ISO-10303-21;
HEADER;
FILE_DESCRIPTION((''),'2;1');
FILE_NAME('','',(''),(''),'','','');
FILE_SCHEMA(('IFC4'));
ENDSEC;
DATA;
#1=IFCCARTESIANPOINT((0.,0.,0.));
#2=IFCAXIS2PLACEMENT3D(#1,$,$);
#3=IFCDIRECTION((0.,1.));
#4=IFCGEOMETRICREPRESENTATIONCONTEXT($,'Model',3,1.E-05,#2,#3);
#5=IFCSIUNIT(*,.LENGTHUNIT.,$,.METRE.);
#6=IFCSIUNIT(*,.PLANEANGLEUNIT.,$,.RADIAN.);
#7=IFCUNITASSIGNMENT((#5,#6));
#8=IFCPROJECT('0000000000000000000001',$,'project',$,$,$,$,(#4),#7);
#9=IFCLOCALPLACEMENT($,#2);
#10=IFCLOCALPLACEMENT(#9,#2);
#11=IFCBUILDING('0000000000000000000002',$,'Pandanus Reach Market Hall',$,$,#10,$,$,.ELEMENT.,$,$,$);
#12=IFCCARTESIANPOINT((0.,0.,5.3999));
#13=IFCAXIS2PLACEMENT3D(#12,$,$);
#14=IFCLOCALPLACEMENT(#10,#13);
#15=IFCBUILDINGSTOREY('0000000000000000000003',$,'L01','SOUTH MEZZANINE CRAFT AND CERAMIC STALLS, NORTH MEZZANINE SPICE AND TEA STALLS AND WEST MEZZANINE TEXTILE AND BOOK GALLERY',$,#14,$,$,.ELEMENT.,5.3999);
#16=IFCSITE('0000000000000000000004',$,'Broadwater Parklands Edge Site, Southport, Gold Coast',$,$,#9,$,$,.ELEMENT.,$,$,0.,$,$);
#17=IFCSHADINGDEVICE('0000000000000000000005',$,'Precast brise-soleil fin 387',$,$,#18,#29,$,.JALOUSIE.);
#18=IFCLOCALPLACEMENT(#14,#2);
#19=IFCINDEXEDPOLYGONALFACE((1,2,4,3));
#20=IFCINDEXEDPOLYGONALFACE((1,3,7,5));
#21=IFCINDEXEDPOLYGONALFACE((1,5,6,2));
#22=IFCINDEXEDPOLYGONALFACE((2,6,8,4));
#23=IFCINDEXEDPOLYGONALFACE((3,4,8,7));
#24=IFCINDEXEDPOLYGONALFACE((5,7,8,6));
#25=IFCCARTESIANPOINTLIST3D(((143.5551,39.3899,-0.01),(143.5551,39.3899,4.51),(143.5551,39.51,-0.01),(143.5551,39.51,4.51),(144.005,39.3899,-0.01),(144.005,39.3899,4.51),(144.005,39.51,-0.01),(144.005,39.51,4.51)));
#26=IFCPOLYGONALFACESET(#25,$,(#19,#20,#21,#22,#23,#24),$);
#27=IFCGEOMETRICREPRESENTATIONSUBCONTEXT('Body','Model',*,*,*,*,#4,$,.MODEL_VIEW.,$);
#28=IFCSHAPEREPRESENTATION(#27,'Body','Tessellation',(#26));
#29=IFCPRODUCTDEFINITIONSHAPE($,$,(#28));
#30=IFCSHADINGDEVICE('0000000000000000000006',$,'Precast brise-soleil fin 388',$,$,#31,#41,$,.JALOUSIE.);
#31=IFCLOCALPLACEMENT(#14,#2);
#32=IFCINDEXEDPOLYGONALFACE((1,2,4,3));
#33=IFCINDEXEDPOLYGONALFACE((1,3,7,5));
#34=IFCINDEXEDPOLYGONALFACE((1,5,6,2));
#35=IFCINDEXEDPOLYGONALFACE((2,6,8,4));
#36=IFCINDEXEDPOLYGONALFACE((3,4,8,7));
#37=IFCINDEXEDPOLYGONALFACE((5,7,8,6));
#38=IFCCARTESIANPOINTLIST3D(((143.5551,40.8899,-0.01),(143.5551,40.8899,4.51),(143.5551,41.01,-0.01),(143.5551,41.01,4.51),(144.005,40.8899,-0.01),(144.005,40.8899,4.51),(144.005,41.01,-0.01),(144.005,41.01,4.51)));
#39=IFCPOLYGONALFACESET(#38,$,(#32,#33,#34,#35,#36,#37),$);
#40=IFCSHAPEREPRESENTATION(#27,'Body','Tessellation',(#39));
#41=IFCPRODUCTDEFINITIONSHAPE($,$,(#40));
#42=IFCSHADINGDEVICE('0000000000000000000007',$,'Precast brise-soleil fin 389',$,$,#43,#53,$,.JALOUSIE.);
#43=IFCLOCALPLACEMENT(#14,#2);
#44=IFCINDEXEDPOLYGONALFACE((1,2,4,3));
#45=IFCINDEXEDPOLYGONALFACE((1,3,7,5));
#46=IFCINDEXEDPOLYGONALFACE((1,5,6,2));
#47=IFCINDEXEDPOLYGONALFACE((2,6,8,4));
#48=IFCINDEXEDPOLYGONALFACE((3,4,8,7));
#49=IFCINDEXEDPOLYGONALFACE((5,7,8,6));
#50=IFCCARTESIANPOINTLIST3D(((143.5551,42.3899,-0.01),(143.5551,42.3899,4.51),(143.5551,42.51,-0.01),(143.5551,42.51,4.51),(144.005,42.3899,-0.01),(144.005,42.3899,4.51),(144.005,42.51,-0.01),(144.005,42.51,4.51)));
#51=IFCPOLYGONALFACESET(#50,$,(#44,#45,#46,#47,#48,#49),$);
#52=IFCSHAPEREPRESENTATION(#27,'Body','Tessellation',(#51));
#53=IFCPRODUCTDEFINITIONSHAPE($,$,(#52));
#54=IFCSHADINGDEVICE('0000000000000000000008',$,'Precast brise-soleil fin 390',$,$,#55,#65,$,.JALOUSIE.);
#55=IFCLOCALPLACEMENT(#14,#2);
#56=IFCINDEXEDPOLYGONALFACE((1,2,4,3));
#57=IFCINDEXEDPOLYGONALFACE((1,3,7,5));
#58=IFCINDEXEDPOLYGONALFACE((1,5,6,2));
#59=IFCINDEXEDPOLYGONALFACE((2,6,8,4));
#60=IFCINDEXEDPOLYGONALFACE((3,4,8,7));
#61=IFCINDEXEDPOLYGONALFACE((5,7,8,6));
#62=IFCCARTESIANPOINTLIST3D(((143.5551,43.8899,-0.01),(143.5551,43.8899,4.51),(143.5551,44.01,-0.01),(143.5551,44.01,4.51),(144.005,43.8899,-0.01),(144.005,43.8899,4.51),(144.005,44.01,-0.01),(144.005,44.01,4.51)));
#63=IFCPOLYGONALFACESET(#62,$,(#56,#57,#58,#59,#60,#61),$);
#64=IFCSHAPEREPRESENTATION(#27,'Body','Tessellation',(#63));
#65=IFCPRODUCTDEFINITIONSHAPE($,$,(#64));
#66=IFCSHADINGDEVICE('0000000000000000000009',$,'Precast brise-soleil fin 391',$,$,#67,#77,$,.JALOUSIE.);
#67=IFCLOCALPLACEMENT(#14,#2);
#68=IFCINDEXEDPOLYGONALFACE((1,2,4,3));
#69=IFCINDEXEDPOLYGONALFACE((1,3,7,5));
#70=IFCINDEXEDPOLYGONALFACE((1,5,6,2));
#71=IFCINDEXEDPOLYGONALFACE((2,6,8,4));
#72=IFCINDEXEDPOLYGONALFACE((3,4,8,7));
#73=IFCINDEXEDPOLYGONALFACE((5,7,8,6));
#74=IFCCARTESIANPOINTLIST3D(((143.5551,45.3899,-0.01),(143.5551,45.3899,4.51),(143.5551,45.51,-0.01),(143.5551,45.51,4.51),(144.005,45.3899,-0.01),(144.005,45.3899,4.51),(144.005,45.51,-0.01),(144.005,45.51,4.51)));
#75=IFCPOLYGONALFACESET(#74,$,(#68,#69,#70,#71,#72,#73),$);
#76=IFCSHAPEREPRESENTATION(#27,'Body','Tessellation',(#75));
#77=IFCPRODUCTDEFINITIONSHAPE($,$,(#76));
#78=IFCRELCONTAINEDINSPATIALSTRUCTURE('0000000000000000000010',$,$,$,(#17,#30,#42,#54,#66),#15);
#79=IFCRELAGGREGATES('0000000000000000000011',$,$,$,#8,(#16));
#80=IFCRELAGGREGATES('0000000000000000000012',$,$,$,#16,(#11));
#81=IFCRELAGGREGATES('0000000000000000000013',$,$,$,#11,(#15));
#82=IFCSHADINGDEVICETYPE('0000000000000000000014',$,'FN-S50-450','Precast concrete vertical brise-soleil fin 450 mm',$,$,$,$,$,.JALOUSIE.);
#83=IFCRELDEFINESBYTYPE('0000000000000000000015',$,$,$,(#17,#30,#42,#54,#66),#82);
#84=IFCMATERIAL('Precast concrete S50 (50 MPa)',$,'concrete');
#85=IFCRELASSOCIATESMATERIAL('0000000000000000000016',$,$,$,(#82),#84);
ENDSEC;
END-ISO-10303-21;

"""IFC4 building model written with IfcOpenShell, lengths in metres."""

from ifc_helpers import new_model, si_unit, direction, frame, origin, origin_2d, place, context, subcontext, project, spatial, rectangle, extrude, material, type_object, element, save


model = new_model("IFC4")

# Units and contexts
model_context = context("Model", 3, precision=1e-05, world=origin(), true_north=direction((0.0, 1.0)))
body_context = subcontext(model_context, "Body", "Model", "MODEL_VIEW")
ifc_project = project(units=[si_unit("LENGTHUNIT", "METRE"), si_unit("PLANEANGLEUNIT", "RADIAN")], contexts=[model_context])

# Site, building, storey
site_placement = place(None, origin())
site = spatial("IfcSite", under=ifc_project, at=site_placement, Name="Broadwater Parklands Edge Site, Southport, Gold Coast", CompositionType="ELEMENT", RefElevation=0.0)
building_placement = place(site_placement, origin())
building = spatial("IfcBuilding", under=site, at=building_placement, Name="Pandanus Reach Market Hall", CompositionType="ELEMENT")
storey_placement = place(building_placement, frame((0.0, 0.0, 5.3999)))
storey = spatial("IfcBuildingStorey", under=building, at=storey_placement, Name="L01", Description="SOUTH MEZZANINE CRAFT AND CERAMIC STALLS, NORTH MEZZANINE SPICE AND TEA STALLS AND WEST MEZZANINE TEXTILE AND BOOK GALLERY", CompositionType="ELEMENT", Elevation=5.3999)

# Shading devices
ifc_material_1 = material(Name="Precast concrete S50 (50 MPa)", Category="concrete")
shading_device_type = type_object("IfcShadingDeviceType", Name="FN-S50-450", Description="Precast concrete vertical brise-soleil fin 450 mm", PredefinedType="JALOUSIE", material=ifc_material_1)
for number, where, z_axis, x_axis, name in (
    (1, (143.78, 39.45, -0.01), (0.0, 0.0, 1.0), (-1.0, 0.0, 0.0), "Precast brise-soleil fin 387"),
    (2, (143.78, 40.95, -0.01), (0.0, 0.0, 1.0), (-1.0, 0.0, 0.0), "Precast brise-soleil fin 388"),
    (3, (143.78, 42.45, -0.01), (0.0, 0.0, 1.0), (-1.0, 0.0, 0.0), "Precast brise-soleil fin 389"),
    (4, (143.78, 43.95, -0.01), (0.0, 0.0, 1.0), (-1.0, 0.0, 0.0), "Precast brise-soleil fin 390"),
    (5, (143.78, 45.45, -0.01), (0.0, 0.0, 1.0), (-1.0, 0.0, 0.0), "Precast brise-soleil fin 391"),
):
    element("IfcShadingDevice", number, at=place(storey_placement, frame(where, z_axis=z_axis, x_axis=x_axis)), inside=storey, type_object=shading_device_type, Name=name, PredefinedType="JALOUSIE", context=body_context, shape_type="SweptSolid", body=[
        extrude(rectangle(XDim=0.45, YDim=0.1201, at=origin_2d()), origin(), (0.0, 0.0, 1.0), 4.52),
    ])

save(model, "model.ifc")
